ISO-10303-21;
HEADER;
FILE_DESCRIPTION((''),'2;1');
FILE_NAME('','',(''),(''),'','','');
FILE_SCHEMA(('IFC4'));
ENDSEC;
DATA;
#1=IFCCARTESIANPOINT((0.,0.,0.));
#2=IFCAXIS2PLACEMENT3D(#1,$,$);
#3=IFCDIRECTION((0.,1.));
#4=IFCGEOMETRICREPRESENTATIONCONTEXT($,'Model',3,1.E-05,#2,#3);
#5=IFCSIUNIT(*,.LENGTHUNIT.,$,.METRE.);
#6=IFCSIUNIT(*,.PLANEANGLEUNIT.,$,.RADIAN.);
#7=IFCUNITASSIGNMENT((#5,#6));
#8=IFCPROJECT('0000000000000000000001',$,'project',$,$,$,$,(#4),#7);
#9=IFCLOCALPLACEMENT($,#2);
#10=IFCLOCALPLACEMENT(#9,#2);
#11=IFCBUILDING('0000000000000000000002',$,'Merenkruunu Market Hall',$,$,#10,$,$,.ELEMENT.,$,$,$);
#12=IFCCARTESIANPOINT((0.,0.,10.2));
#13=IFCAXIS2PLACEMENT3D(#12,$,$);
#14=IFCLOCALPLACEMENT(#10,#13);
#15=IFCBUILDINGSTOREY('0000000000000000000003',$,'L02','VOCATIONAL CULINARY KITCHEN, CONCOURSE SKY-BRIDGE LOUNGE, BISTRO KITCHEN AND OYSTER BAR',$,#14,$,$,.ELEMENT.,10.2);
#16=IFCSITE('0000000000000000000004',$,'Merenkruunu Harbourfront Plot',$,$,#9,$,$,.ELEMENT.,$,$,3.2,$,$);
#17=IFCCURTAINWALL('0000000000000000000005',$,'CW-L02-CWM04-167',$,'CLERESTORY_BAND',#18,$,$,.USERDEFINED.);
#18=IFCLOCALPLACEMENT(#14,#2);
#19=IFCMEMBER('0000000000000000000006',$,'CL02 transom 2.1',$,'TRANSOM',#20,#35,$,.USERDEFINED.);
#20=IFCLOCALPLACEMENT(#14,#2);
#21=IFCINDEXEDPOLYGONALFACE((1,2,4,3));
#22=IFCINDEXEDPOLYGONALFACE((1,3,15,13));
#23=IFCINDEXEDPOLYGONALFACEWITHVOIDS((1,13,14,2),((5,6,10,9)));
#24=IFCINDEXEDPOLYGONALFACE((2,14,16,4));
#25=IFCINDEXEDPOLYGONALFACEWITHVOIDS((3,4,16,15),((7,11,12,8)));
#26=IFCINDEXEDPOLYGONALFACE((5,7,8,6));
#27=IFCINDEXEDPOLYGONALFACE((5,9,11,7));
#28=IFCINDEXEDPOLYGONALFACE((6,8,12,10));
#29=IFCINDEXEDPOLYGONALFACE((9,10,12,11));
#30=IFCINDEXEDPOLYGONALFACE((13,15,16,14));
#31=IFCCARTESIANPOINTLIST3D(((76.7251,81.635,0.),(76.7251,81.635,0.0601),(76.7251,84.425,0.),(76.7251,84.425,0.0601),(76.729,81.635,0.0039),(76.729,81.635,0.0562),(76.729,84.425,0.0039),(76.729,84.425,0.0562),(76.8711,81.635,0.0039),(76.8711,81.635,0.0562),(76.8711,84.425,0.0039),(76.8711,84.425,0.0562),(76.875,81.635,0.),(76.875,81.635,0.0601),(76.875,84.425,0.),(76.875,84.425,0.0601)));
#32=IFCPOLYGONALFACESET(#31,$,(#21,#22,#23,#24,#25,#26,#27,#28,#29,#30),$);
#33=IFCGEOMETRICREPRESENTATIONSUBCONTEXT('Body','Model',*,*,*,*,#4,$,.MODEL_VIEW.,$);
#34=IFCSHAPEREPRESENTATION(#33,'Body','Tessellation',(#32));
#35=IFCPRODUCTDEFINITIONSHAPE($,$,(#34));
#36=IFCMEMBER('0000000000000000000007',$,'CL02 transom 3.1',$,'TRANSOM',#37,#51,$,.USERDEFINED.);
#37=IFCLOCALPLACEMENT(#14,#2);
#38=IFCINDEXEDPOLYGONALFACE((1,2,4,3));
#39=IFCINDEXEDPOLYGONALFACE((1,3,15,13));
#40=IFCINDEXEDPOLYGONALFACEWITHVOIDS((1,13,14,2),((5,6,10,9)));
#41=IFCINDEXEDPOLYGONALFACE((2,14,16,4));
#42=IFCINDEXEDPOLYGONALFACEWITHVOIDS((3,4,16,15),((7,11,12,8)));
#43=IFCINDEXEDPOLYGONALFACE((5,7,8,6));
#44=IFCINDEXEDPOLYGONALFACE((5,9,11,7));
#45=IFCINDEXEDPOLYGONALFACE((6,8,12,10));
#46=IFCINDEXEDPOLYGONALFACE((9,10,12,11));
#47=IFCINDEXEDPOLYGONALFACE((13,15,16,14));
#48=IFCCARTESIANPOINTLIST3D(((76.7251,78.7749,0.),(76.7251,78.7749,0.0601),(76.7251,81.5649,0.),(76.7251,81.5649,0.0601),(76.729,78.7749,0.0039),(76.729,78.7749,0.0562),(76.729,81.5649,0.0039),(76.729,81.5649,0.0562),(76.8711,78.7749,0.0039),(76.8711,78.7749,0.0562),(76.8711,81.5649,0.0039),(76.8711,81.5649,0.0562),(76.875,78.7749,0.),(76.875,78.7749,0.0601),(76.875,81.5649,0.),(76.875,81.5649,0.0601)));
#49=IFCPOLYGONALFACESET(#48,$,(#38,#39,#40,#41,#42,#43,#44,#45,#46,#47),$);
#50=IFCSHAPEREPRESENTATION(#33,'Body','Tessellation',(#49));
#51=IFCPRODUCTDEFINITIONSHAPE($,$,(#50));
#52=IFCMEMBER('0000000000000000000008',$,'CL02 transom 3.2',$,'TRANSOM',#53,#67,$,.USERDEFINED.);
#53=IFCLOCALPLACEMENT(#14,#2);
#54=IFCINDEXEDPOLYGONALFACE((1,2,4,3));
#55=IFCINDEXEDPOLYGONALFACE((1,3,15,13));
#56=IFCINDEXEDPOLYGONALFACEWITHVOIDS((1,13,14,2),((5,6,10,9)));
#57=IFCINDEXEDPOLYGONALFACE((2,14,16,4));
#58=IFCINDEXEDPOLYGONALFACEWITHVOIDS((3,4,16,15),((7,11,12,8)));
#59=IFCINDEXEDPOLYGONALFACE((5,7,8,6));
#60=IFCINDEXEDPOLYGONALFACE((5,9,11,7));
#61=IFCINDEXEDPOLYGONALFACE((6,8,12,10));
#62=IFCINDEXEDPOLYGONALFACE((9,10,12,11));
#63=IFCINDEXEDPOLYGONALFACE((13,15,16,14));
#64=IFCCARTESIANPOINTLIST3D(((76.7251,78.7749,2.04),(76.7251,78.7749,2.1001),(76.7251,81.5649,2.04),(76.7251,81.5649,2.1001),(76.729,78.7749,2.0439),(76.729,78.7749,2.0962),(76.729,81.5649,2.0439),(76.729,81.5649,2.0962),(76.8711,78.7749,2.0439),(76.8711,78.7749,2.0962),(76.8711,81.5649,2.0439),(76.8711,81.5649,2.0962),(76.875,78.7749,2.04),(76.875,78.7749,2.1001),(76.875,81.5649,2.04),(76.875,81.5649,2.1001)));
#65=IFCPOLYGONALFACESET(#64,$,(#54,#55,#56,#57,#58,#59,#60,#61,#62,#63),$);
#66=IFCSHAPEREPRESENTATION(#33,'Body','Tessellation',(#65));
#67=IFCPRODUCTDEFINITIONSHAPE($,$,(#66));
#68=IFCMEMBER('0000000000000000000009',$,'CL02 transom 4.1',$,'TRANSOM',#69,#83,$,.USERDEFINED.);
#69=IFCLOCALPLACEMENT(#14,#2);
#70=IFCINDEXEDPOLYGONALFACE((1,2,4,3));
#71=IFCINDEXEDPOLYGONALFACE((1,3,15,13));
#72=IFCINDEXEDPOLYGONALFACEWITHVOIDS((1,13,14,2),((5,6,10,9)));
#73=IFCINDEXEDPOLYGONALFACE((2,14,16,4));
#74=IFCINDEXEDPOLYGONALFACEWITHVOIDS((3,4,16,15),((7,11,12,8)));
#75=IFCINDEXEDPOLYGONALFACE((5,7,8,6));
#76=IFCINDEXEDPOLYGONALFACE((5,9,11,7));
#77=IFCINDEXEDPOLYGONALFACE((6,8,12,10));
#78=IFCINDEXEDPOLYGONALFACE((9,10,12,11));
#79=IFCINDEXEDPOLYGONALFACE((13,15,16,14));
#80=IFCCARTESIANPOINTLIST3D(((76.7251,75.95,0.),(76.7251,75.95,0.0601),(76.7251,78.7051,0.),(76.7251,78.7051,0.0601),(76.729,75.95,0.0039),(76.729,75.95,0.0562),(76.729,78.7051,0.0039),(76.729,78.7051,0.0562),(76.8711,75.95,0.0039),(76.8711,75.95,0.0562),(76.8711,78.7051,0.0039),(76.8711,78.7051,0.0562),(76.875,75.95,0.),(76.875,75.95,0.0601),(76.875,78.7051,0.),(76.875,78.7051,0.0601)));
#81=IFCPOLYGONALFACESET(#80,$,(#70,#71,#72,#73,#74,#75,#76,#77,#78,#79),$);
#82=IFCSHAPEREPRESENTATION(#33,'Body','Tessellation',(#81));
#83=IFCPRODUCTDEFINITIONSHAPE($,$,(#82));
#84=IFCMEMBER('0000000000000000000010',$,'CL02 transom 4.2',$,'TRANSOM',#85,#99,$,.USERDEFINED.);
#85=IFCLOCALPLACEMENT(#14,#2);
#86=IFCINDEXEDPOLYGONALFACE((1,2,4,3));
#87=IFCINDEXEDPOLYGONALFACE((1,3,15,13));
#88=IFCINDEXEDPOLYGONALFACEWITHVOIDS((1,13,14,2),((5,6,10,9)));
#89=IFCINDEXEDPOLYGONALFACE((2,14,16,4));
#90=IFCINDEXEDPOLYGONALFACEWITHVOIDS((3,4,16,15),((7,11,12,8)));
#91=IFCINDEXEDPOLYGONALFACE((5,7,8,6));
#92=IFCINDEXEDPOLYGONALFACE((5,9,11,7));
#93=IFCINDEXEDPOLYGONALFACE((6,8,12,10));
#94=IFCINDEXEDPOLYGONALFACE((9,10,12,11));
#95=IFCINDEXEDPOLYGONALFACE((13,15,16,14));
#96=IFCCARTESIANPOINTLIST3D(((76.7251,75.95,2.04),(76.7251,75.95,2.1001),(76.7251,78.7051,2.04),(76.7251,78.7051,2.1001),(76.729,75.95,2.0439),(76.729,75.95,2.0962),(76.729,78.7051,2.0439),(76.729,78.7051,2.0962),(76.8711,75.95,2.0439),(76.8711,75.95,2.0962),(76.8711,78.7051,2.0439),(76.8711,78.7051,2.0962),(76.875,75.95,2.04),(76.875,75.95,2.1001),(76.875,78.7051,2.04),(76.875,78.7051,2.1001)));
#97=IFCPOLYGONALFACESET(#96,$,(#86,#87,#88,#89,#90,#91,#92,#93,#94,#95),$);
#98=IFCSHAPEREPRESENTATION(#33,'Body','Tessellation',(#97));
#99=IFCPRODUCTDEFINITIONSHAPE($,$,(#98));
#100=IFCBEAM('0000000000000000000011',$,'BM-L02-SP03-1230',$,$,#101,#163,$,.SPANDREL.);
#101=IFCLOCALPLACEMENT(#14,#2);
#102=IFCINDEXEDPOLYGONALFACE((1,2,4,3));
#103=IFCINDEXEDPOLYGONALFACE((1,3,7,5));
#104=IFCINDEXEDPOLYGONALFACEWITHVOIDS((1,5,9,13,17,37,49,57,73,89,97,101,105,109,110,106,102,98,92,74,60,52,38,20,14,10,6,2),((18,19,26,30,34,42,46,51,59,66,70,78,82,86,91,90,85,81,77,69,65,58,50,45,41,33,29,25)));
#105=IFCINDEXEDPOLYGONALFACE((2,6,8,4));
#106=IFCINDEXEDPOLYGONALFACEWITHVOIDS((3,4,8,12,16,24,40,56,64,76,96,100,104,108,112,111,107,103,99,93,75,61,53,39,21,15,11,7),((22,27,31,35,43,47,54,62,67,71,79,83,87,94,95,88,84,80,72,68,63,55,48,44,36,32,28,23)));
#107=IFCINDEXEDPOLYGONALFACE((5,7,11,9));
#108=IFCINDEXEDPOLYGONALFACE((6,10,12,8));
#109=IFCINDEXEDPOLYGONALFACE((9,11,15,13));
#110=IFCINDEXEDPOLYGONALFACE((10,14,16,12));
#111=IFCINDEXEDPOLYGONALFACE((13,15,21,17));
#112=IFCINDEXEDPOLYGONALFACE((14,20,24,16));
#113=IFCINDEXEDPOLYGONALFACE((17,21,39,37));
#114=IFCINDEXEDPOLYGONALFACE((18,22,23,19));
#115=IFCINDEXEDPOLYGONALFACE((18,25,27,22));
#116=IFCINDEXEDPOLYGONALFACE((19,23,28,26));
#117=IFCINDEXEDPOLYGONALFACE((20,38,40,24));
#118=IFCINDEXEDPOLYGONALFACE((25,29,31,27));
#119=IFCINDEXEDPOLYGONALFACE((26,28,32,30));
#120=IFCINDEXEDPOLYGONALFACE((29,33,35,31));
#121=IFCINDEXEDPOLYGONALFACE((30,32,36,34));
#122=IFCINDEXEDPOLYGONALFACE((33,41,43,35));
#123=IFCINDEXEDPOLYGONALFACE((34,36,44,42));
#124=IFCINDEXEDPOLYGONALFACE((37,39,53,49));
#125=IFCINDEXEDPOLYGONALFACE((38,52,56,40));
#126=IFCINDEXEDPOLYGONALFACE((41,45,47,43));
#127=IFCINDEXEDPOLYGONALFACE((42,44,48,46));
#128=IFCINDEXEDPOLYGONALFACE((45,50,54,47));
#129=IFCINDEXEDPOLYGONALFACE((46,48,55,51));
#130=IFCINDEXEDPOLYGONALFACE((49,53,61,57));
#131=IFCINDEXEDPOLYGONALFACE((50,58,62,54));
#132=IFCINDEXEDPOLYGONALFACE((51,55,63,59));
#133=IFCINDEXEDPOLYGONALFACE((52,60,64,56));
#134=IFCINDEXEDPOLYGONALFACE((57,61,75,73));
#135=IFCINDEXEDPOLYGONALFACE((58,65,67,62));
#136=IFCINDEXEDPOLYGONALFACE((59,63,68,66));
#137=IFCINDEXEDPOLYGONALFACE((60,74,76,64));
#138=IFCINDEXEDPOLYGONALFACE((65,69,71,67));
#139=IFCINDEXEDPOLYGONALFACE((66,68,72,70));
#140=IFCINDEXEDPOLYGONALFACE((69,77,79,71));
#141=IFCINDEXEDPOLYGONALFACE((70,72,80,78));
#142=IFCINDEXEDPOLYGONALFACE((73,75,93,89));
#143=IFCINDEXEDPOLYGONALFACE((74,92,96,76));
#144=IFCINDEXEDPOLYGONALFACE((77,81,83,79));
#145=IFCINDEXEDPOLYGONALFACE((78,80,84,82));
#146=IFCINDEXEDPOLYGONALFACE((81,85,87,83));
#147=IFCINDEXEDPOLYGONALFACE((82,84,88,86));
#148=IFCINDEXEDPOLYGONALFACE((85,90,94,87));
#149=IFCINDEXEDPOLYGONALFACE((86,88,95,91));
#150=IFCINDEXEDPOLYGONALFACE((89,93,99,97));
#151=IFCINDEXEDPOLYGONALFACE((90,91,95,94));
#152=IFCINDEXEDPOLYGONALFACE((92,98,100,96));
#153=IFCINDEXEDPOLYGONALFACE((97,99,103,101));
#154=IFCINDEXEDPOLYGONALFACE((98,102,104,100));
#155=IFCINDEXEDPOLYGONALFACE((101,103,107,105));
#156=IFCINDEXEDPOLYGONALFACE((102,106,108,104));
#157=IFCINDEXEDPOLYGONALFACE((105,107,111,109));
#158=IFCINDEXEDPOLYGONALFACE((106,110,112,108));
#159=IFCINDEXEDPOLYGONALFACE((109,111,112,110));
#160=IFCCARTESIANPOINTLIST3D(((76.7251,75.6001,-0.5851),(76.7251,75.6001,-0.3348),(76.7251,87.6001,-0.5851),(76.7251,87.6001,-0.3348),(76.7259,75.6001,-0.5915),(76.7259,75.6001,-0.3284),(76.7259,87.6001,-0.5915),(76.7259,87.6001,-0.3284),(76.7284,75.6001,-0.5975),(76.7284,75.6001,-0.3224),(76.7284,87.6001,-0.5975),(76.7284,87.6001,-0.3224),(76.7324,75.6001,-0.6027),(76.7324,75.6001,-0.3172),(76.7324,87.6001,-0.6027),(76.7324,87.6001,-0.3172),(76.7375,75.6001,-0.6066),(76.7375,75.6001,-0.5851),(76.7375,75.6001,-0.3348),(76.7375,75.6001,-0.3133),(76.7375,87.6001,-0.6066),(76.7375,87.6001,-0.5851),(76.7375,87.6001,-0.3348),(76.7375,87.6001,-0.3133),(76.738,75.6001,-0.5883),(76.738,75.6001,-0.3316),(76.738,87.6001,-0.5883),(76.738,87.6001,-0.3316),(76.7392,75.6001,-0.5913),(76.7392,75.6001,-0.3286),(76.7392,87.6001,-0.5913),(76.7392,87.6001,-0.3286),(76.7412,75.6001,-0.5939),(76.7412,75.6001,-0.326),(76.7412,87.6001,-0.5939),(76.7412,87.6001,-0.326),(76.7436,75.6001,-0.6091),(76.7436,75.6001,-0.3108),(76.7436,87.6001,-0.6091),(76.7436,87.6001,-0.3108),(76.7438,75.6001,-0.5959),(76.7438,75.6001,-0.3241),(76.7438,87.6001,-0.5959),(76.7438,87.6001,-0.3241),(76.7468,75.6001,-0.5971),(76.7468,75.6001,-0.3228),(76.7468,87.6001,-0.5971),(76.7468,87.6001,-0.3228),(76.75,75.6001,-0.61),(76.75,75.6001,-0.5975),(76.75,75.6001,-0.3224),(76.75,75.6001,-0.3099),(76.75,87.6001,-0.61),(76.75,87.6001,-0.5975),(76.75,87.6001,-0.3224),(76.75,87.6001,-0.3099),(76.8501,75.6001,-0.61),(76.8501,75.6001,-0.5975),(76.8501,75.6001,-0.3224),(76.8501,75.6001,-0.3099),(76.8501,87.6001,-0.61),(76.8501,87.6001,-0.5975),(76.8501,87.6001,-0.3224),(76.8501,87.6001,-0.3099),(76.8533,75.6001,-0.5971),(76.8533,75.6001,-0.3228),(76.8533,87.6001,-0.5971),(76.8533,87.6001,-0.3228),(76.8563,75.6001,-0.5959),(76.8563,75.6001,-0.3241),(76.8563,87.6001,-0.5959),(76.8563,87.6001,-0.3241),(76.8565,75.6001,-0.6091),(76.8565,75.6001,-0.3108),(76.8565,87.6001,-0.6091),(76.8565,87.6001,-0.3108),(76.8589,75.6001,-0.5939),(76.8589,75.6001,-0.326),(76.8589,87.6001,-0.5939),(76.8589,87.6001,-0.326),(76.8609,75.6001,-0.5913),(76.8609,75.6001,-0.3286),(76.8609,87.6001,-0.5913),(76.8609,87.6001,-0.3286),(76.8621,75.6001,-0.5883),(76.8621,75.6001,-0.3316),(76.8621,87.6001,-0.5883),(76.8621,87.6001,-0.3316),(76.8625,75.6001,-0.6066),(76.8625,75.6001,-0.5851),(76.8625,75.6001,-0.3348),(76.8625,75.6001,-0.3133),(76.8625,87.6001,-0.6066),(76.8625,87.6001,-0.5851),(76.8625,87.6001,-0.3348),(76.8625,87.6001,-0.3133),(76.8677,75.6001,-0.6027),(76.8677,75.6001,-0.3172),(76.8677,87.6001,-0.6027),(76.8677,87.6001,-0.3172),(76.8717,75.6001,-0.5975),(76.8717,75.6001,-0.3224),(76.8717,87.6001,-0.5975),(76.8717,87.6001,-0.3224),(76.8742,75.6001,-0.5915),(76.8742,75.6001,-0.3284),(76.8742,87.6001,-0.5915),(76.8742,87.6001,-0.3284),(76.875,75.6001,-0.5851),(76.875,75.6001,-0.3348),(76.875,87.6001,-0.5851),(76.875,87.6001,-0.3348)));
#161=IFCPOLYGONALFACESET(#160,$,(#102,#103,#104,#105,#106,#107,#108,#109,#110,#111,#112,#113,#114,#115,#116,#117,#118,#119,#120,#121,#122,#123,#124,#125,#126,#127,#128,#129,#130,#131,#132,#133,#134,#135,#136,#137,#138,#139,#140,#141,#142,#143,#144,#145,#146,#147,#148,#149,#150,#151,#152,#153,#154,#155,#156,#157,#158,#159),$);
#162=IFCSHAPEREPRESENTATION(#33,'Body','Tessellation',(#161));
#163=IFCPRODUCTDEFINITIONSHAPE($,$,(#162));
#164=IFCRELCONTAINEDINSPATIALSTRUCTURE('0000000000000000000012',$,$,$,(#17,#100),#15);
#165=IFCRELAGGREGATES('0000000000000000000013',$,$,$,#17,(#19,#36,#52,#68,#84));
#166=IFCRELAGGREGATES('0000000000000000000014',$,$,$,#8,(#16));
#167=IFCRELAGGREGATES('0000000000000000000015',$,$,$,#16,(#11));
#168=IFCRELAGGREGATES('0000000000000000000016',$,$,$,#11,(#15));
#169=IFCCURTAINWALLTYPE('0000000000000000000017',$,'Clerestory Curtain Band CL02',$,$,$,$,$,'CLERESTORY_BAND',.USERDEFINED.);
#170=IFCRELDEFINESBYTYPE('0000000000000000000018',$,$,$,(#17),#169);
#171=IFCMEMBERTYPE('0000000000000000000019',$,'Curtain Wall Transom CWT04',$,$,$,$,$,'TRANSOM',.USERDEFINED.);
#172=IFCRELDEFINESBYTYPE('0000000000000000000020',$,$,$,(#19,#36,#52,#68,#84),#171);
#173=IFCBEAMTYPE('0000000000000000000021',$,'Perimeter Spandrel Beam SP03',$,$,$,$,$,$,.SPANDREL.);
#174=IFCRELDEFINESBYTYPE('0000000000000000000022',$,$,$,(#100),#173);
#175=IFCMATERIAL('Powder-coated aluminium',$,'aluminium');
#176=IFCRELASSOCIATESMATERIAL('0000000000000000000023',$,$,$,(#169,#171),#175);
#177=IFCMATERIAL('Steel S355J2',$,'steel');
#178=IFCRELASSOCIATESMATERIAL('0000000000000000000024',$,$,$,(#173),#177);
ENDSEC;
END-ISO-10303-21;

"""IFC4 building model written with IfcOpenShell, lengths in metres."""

from ifc_helpers import new_model, si_unit, direction, frame, origin, origin_2d, place, context, subcontext, project, spatial, hollow_rectangle, extrude, material, material_profile, profile_set, type_object, element, aggregate, save


model = new_model("IFC4")

# Units and contexts
model_context = context("Model", 3, precision=1e-05, world=origin(), true_north=direction((0.0, 1.0)))
body_context = subcontext(model_context, "Body", "Model", "MODEL_VIEW")
ifc_project = project(units=[si_unit("LENGTHUNIT", "METRE"), si_unit("PLANEANGLEUNIT", "RADIAN")], contexts=[model_context])

# Site, building, storey
site_placement = place(None, origin())
site = spatial("IfcSite", under=ifc_project, at=site_placement, Name="Merenkruunu Harbourfront Plot", CompositionType="ELEMENT", RefElevation=3.2)
building_placement = place(site_placement, origin())
building = spatial("IfcBuilding", under=site, at=building_placement, Name="Merenkruunu Market Hall", CompositionType="ELEMENT")
storey_placement = place(building_placement, frame((0.0, 0.0, 10.2)))
storey = spatial("IfcBuildingStorey", under=building, at=storey_placement, Name="L02", Description="VOCATIONAL CULINARY KITCHEN, CONCOURSE SKY-BRIDGE LOUNGE, BISTRO KITCHEN AND OYSTER BAR", CompositionType="ELEMENT", Elevation=10.2)

# Curtain wall
ifc_material_1 = material(Name="Powder-coated aluminium", Category="aluminium")
curtain_wall_type = type_object("IfcCurtainWallType", Name="Clerestory Curtain Band CL02", ElementType="CLERESTORY_BAND", PredefinedType="USERDEFINED", material=ifc_material_1)
curtain_wall_1_placement = place(storey_placement, origin())
curtain_wall_1 = element("IfcCurtainWall", 1, at=curtain_wall_1_placement, inside=storey, type_object=curtain_wall_type, Name="CW-L02-CWM04-167", ObjectType="CLERESTORY_BAND", PredefinedType="USERDEFINED")

# Members
ifc_material_profile_1 = material_profile(ifc_material_1, hollow_rectangle(XDim=0.0601, YDim=0.1499, WallThickness=0.0039, at=origin_2d()), Name="ALU 60x150x4")
ifc_profile_set_1 = profile_set([ifc_material_profile_1], Name="Powder-coated aluminium")
member_type_1 = type_object("IfcMemberType", Name="Curtain Wall Transom CWT04", ElementType="TRANSOM", PredefinedType="USERDEFINED", material=ifc_profile_set_1)
member_1_placement = place(storey_placement, frame((76.8, 84.425, 0.03), z_axis=(0.0, -1.0, 0.0), x_axis=(0.0, 0.0, 1.0)))
member_1 = element("IfcMember", 2, at=member_1_placement, type_object=member_type_1, Name="CL02 transom 2.1", ObjectType="TRANSOM", PredefinedType="USERDEFINED", context=body_context, shape_type="SweptSolid", body=[
    extrude(hollow_rectangle(XDim=0.0601, YDim=0.1499, WallThickness=0.0039, at=origin_2d()), origin(), (0.0, 0.0, 1.0), 2.79),
])
member_2_placement = place(storey_placement, frame((76.8, 81.5649, 0.03), z_axis=(0.0, -1.0, 0.0), x_axis=(0.0, 0.0, 1.0)))
member_2 = element("IfcMember", 3, at=member_2_placement, type_object=member_type_1, Name="CL02 transom 3.1", ObjectType="TRANSOM", PredefinedType="USERDEFINED", context=body_context, shape_type="SweptSolid", body=[
    extrude(hollow_rectangle(XDim=0.0601, YDim=0.1499, WallThickness=0.0039, at=origin_2d()), origin(), (0.0, 0.0, 1.0), 2.79),
])
member_3_placement = place(storey_placement, frame((76.8, 81.5649, 2.0701), z_axis=(0.0, -1.0, 0.0), x_axis=(0.0, 0.0, 1.0)))
member_3 = element("IfcMember", 4, at=member_3_placement, type_object=member_type_1, Name="CL02 transom 3.2", ObjectType="TRANSOM", PredefinedType="USERDEFINED", context=body_context, shape_type="SweptSolid", body=[
    extrude(hollow_rectangle(XDim=0.0601, YDim=0.1499, WallThickness=0.0039, at=origin_2d()), origin(), (0.0, 0.0, 1.0), 2.79),
])
member_4_placement = place(storey_placement, frame((76.8, 78.7051, 0.03), z_axis=(0.0, -1.0, 0.0), x_axis=(0.0, 0.0, 1.0)))
member_4 = element("IfcMember", 5, at=member_4_placement, type_object=member_type_1, Name="CL02 transom 4.1", ObjectType="TRANSOM", PredefinedType="USERDEFINED", context=body_context, shape_type="SweptSolid", body=[
    extrude(hollow_rectangle(XDim=0.0601, YDim=0.1499, WallThickness=0.0039, at=origin_2d()), origin(), (0.0, 0.0, 1.0), 2.7551),
])
member_5_placement = place(storey_placement, frame((76.8, 78.7051, 2.0701), z_axis=(0.0, -1.0, 0.0), x_axis=(0.0, 0.0, 1.0)))
member_5 = element("IfcMember", 6, at=member_5_placement, type_object=member_type_1, Name="CL02 transom 4.2", ObjectType="TRANSOM", PredefinedType="USERDEFINED", context=body_context, shape_type="SweptSolid", body=[
    extrude(hollow_rectangle(XDim=0.0601, YDim=0.1499, WallThickness=0.0039, at=origin_2d()), origin(), (0.0, 0.0, 1.0), 2.7551),
])

# Beam
ifc_material_2 = material(Name="Steel S355J2", Category="steel")
ifc_material_profile_2 = material_profile(ifc_material_2, hollow_rectangle(XDim=0.1499, YDim=0.3, WallThickness=0.0125, InnerFilletRadius=0.0125, OuterFilletRadius=0.0249, at=origin_2d()), Name="RHS 300x150x12.5")
ifc_profile_set_2 = profile_set([ifc_material_profile_2], Name="Steel S355J2")
beam_type_1 = type_object("IfcBeamType", Name="Perimeter Spandrel Beam SP03", PredefinedType="SPANDREL", material=ifc_profile_set_2)
beam_1_placement = place(storey_placement, frame((76.8, 75.6001, -0.46), z_axis=(0.0, 1.0, 0.0), x_axis=(-1.0, 0.0, 0.0)))
element("IfcBeam", 7, at=beam_1_placement, inside=storey, type_object=beam_type_1, Name="BM-L02-SP03-1230", PredefinedType="SPANDREL", context=body_context, shape_type="SweptSolid", body=[
    extrude(hollow_rectangle(XDim=0.1499, YDim=0.3, WallThickness=0.0125, InnerFilletRadius=0.0125, OuterFilletRadius=0.0249, at=origin_2d()), origin(), (0.0, 0.0, 1.0), 12.0),
])

aggregate(curtain_wall_1, [member_1, member_2, member_3, member_4, member_5])

save(model, "model.ifc")
